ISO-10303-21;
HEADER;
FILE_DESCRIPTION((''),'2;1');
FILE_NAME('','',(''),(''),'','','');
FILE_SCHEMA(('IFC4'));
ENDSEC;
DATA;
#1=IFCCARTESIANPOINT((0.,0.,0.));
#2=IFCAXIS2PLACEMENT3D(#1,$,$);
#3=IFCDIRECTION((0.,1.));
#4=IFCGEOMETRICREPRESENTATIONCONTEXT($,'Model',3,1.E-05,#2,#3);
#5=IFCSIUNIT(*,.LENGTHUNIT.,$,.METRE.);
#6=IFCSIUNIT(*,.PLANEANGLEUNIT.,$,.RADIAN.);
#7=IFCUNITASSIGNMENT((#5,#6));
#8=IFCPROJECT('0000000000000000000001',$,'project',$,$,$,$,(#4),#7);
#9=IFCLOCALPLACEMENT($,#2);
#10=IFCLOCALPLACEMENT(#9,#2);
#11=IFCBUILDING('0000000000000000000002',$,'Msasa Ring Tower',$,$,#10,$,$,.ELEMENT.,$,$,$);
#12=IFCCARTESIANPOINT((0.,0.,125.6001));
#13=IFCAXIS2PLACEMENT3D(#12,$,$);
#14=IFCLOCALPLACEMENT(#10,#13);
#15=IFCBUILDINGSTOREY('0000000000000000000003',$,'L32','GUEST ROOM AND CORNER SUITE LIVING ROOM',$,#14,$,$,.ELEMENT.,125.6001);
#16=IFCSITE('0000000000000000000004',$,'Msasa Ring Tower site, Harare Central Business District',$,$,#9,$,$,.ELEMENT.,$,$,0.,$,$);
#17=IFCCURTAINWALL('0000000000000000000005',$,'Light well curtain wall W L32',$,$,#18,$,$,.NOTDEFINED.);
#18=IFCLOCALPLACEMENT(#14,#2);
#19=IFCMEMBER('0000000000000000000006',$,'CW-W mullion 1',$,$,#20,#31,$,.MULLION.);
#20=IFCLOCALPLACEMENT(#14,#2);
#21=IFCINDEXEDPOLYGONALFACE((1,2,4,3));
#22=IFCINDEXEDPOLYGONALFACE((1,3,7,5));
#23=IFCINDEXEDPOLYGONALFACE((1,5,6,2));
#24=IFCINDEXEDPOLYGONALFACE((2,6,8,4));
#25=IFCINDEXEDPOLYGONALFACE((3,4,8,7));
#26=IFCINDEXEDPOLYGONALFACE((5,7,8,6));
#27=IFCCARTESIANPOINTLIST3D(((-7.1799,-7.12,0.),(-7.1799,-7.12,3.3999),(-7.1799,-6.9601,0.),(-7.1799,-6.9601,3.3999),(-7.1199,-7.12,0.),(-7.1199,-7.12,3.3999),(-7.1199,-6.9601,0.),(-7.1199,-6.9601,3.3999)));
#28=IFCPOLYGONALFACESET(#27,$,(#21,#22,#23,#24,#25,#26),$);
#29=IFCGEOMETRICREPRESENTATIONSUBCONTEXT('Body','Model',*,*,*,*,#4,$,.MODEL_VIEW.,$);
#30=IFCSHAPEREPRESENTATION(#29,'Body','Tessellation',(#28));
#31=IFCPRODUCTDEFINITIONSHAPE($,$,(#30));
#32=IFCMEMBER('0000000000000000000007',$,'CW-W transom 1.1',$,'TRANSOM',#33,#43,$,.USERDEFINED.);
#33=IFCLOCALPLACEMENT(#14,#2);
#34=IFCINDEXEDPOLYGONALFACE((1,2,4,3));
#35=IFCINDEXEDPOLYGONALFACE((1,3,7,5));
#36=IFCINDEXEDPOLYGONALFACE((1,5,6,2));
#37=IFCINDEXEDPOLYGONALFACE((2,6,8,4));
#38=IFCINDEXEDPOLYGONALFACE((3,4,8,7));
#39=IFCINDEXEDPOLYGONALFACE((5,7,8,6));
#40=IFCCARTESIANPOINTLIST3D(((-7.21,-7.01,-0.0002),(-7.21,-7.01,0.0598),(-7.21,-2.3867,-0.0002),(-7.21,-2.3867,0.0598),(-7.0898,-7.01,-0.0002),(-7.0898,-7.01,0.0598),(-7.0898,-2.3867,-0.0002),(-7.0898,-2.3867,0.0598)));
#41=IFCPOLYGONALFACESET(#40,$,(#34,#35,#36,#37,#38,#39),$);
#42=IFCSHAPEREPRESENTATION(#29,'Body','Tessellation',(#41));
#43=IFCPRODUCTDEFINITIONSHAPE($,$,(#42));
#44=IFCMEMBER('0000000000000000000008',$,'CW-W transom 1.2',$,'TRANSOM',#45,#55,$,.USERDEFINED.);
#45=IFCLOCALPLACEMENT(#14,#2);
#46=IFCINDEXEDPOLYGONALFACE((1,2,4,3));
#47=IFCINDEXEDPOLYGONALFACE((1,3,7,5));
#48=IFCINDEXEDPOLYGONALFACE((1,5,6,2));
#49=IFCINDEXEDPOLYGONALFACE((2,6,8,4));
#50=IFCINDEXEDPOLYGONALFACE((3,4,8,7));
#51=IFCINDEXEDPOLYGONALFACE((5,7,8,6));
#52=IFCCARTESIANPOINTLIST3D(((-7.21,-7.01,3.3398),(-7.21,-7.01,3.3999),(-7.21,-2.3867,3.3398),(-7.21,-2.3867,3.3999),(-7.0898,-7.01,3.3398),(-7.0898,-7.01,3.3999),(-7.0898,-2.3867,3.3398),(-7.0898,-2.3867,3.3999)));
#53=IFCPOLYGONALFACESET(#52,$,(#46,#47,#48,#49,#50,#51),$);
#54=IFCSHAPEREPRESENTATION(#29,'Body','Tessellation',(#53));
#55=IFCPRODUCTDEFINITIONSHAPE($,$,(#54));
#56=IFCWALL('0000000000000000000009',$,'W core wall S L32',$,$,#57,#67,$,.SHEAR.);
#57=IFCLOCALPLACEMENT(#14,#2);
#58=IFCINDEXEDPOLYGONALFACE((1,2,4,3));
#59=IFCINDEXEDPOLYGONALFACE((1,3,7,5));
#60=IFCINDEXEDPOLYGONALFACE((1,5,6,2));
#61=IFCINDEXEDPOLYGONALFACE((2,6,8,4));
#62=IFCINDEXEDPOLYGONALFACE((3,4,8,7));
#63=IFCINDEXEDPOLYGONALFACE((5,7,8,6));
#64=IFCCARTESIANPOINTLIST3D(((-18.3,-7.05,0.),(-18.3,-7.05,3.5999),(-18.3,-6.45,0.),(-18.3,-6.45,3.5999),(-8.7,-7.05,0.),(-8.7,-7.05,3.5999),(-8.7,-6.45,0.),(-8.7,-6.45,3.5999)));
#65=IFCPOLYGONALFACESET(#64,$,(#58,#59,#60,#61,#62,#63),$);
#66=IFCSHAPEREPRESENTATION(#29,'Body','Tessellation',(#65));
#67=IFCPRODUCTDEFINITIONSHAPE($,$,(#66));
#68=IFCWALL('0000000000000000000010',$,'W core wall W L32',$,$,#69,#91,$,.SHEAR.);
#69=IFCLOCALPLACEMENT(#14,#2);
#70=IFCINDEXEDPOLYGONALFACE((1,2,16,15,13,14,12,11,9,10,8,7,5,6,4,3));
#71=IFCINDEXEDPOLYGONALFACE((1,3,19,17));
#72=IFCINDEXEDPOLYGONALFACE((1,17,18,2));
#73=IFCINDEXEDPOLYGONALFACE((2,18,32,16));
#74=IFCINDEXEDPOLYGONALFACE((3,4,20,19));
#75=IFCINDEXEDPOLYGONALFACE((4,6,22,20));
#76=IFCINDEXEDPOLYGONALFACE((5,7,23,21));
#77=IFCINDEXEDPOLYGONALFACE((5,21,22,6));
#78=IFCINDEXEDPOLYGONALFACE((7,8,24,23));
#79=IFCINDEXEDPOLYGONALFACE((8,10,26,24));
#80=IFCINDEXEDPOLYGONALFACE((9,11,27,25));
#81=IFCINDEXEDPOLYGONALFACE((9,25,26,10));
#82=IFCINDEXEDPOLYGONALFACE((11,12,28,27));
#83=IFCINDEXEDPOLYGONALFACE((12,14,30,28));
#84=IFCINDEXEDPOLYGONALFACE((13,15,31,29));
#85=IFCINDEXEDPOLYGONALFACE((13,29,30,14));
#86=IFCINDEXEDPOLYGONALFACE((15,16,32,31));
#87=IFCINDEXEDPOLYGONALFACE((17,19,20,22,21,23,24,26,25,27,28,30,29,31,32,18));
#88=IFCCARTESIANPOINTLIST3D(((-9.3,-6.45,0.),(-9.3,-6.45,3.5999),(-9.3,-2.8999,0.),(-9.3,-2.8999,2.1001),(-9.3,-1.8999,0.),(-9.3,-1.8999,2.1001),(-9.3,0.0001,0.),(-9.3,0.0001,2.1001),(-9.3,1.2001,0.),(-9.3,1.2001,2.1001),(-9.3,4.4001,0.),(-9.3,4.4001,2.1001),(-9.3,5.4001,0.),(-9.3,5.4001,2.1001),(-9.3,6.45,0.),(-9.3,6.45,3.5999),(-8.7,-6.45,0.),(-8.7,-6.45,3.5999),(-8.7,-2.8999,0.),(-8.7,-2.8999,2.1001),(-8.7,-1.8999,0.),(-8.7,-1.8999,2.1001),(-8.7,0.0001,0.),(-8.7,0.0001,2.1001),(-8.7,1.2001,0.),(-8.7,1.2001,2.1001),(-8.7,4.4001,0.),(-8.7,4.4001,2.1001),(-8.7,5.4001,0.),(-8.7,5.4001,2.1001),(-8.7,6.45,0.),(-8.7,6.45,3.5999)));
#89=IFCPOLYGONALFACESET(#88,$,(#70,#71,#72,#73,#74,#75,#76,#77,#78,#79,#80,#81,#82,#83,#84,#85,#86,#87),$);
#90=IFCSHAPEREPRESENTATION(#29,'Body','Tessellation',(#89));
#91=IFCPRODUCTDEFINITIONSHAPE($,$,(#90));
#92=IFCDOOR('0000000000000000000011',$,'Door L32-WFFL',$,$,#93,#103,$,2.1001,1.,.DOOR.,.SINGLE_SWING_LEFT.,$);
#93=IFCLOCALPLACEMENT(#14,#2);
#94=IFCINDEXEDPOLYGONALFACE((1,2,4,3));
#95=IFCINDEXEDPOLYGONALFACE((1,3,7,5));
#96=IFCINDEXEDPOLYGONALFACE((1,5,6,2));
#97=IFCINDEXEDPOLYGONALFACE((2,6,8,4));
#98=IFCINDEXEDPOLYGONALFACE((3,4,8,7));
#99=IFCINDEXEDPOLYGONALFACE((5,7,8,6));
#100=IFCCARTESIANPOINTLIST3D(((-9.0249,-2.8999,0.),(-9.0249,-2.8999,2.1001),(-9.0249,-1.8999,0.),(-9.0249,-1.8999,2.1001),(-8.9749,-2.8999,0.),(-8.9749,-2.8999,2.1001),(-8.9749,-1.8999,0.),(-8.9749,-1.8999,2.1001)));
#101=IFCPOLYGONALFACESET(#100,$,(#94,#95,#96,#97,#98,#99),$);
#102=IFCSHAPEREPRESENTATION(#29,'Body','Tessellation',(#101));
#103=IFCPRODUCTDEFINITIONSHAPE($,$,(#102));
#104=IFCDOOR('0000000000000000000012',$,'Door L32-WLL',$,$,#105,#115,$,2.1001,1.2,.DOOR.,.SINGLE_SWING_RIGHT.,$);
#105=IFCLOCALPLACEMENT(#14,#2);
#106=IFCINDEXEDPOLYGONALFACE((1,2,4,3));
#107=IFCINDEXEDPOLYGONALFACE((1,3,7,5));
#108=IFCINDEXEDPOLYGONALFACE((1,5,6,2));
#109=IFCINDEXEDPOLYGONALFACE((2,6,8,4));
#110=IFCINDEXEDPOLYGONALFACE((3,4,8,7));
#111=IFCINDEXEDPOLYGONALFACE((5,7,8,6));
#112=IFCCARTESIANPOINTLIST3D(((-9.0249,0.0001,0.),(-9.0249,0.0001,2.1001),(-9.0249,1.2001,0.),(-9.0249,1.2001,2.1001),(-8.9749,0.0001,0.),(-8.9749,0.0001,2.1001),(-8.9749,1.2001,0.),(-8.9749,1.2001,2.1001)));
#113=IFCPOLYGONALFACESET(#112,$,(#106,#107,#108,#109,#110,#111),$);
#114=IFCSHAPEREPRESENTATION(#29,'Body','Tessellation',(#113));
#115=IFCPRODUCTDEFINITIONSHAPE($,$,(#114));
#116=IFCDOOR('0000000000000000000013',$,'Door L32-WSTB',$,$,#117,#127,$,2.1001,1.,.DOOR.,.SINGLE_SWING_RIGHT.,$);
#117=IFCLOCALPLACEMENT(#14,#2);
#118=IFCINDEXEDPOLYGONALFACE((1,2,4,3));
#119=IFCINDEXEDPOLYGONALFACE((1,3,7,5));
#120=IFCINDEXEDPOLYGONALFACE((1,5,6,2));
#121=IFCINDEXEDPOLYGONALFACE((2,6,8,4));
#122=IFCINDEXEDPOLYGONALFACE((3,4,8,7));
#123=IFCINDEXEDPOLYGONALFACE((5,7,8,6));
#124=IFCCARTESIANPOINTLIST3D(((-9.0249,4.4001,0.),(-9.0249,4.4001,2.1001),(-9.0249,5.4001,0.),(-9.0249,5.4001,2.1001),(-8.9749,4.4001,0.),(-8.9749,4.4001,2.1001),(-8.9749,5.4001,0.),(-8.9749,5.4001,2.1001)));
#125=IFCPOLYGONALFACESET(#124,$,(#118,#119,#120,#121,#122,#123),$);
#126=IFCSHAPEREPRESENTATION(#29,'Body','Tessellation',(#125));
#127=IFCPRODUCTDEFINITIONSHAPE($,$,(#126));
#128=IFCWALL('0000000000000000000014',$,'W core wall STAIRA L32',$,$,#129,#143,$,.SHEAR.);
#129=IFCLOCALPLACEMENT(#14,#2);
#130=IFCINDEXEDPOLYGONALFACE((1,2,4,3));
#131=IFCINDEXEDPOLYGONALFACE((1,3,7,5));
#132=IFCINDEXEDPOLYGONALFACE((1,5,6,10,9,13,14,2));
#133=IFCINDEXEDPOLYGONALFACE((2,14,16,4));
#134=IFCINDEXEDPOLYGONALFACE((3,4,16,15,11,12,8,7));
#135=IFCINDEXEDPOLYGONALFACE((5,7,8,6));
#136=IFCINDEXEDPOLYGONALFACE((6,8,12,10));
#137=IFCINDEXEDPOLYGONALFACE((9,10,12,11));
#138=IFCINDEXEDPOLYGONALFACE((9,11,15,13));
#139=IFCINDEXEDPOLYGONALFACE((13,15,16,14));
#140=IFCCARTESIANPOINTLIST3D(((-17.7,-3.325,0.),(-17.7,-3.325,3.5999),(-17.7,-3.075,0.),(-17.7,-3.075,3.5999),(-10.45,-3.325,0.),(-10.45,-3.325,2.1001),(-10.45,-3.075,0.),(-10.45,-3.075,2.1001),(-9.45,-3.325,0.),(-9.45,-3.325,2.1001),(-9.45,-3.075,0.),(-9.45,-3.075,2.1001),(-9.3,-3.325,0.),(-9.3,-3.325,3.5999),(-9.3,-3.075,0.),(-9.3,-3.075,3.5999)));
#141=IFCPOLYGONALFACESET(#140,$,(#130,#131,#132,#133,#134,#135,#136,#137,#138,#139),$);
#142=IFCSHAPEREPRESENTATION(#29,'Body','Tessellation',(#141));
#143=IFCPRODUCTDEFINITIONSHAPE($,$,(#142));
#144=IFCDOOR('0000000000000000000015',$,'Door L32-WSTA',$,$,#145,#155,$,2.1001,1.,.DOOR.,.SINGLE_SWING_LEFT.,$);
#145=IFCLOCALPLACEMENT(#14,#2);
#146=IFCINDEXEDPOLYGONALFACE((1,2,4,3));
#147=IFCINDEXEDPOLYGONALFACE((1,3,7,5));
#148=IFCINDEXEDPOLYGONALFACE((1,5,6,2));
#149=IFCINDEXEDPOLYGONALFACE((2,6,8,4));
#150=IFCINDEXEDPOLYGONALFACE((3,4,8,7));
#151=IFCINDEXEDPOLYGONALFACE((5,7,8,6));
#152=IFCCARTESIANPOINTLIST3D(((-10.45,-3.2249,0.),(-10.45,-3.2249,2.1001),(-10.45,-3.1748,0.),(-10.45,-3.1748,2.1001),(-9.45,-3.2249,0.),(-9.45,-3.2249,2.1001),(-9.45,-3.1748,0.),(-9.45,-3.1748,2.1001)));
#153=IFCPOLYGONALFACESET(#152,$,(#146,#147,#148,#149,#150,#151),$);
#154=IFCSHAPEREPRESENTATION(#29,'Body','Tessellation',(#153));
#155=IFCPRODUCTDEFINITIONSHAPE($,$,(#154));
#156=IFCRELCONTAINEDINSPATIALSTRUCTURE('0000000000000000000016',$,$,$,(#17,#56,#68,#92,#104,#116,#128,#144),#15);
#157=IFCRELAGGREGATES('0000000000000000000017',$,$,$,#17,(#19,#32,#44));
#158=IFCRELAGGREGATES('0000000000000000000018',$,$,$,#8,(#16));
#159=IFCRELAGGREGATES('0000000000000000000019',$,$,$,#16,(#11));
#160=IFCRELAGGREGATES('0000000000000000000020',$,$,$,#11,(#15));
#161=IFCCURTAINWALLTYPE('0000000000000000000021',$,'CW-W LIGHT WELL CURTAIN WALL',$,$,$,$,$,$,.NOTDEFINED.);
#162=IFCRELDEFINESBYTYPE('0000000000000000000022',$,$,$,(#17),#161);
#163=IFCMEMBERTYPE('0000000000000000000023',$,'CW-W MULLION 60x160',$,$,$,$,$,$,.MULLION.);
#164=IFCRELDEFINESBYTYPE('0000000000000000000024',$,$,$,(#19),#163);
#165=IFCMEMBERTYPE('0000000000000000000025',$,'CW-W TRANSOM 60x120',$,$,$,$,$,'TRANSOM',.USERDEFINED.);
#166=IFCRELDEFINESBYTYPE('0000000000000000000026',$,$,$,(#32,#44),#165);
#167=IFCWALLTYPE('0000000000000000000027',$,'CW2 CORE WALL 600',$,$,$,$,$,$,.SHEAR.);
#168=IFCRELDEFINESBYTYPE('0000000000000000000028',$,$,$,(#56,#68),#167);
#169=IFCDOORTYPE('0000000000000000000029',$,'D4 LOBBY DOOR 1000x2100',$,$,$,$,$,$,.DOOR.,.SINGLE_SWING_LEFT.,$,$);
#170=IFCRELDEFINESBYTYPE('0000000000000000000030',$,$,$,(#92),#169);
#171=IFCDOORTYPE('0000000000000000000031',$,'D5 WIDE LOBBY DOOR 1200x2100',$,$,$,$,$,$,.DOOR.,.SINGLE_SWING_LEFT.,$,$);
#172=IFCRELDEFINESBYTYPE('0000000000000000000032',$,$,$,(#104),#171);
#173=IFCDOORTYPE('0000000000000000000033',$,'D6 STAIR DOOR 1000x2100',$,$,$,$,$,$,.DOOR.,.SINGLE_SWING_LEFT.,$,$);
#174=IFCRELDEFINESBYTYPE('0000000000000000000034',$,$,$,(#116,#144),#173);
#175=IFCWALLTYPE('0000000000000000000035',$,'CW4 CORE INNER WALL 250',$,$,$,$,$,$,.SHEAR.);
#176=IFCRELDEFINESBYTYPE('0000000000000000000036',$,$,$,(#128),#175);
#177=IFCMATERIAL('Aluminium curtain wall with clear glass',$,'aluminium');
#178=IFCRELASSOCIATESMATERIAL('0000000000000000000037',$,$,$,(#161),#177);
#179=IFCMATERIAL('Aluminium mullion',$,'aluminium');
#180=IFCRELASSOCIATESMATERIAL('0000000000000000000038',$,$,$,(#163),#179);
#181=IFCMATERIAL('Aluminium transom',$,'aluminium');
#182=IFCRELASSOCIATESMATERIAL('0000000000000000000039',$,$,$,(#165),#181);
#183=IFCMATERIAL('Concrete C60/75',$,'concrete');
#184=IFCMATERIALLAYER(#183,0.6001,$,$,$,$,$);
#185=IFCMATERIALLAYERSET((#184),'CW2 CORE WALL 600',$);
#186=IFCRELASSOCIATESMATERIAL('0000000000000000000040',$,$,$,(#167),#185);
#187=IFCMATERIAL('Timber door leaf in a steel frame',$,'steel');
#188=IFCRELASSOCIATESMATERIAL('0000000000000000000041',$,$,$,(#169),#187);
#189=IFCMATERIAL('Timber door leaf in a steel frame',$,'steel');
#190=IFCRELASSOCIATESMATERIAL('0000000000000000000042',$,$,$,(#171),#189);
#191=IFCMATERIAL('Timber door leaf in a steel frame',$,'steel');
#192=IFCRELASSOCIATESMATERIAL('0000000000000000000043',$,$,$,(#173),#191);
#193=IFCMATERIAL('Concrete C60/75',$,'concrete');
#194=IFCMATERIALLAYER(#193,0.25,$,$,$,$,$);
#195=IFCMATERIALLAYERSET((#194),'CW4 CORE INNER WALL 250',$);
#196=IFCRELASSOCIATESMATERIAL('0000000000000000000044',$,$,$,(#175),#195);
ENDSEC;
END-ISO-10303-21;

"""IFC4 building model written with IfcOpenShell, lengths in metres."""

from ifc_helpers import new_model, si_unit, direction, frame, frame_2d, origin, origin_2d, place, context, subcontext, project, spatial, rectangle, extrude, material, layer, layer_set, material_profile, profile_set, type_object, element, fill, aggregate, save


model = new_model("IFC4")

# Units and contexts
model_context = context("Model", 3, precision=1e-05, world=origin(), true_north=direction((0.0, 1.0)))
body_context = subcontext(model_context, "Body", "Model", "MODEL_VIEW")
ifc_project = project(units=[si_unit("LENGTHUNIT", "METRE"), si_unit("PLANEANGLEUNIT", "RADIAN")], contexts=[model_context])

# Site, building, storey
site_placement = place(None, origin())
site = spatial("IfcSite", under=ifc_project, at=site_placement, Name="Msasa Ring Tower site, Harare Central Business District", CompositionType="ELEMENT", RefElevation=0.0)
building_placement = place(site_placement, origin())
building = spatial("IfcBuilding", under=site, at=building_placement, Name="Msasa Ring Tower", CompositionType="ELEMENT")
storey_placement = place(building_placement, frame((0.0, 0.0, 125.6001)))
storey = spatial("IfcBuildingStorey", under=building, at=storey_placement, Name="L32", Description="GUEST ROOM AND CORNER SUITE LIVING ROOM", CompositionType="ELEMENT", Elevation=125.6001)

# Curtain wall, members
ifc_material_1 = material(Name="Aluminium curtain wall with clear glass", Category="aluminium")
curtain_wall_type = type_object("IfcCurtainWallType", Name="CW-W LIGHT WELL CURTAIN WALL", PredefinedType="NOTDEFINED", material=ifc_material_1)
curtain_wall_placement = place(storey_placement, origin())
curtain_wall = element("IfcCurtainWall", 1, at=curtain_wall_placement, inside=storey, type_object=curtain_wall_type, Name="Light well curtain wall W L32", PredefinedType="NOTDEFINED")
ifc_material_2 = material(Name="Aluminium mullion", Category="aluminium")
ifc_material_profile_1 = material_profile(ifc_material_2, rectangle(XDim=0.0601, YDim=0.1599, at=origin_2d()), Name="AL 60x160")
ifc_profile_set_1 = profile_set([ifc_material_profile_1], Name="Aluminium mullion")
member_type_1 = type_object("IfcMemberType", Name="CW-W MULLION 60x160", PredefinedType="MULLION", material=ifc_profile_set_1)
member_1_placement = place(storey_placement, frame((-7.1499, -7.04, 0.0), z_axis=(0.0, 0.0, 1.0), x_axis=(-1.0, 0.0, 0.0)))
member_1 = element("IfcMember", 2, at=member_1_placement, type_object=member_type_1, Name="CW-W mullion 1", PredefinedType="MULLION", context=body_context, shape_type="SweptSolid", body=[
    extrude(rectangle(XDim=0.0601, YDim=0.1599, at=origin_2d()), origin(), (0.0, 0.0, 1.0), 3.3999),
])
ifc_material_3 = material(Name="Aluminium transom", Category="aluminium")
ifc_material_profile_2 = material_profile(ifc_material_3, rectangle(XDim=0.1201, YDim=0.0601, at=origin_2d()), Name="AL 60x120")
ifc_profile_set_2 = profile_set([ifc_material_profile_2], Name="Aluminium transom")
member_type_2 = type_object("IfcMemberType", Name="CW-W TRANSOM 60x120", ElementType="TRANSOM", PredefinedType="USERDEFINED", material=ifc_profile_set_2)
member_2_placement = place(storey_placement, frame((-7.1499, -7.01, 0.0298), z_axis=(0.0, 1.0, 0.0), x_axis=(-1.0, 0.0, 0.0)))
member_2 = element("IfcMember", 3, at=member_2_placement, type_object=member_type_2, Name="CW-W transom 1.1", ObjectType="TRANSOM", PredefinedType="USERDEFINED", context=body_context, shape_type="SweptSolid", body=[
    extrude(rectangle(XDim=0.1201, YDim=0.0601, at=origin_2d()), origin(), (0.0, 0.0, 1.0), 4.6233),
])
member_3_placement = place(storey_placement, frame((-7.1499, -7.01, 3.3699), z_axis=(0.0, 1.0, 0.0), x_axis=(-1.0, 0.0, 0.0)))
member_3 = element("IfcMember", 4, at=member_3_placement, type_object=member_type_2, Name="CW-W transom 1.2", ObjectType="TRANSOM", PredefinedType="USERDEFINED", context=body_context, shape_type="SweptSolid", body=[
    extrude(rectangle(XDim=0.1201, YDim=0.0601, at=origin_2d()), origin(), (0.0, 0.0, 1.0), 4.6233),
])
aggregate(curtain_wall, [member_1, member_2, member_3])

# Wall
ifc_material_4 = material(Name="Concrete C60/75", Category="concrete")
ifc_layer_1 = layer(ifc_material_4, 0.6001)
ifc_layer_set_1 = layer_set([ifc_layer_1], Name="CW2 CORE WALL 600")
wall_type_1 = type_object("IfcWallType", Name="CW2 CORE WALL 600", PredefinedType="SHEAR", material=ifc_layer_set_1)
wall_1_placement = place(storey_placement, frame((-8.7, -6.75, 0.0), z_axis=(0.0, 0.0, 1.0), x_axis=(-1.0, 0.0, 0.0)))
element("IfcWall", 5, at=wall_1_placement, inside=storey, type_object=wall_type_1, Name="W core wall S L32", PredefinedType="SHEAR", context=body_context, shape_type="SweptSolid", body=[
    extrude(rectangle(XDim=9.6001, YDim=0.6001, at=frame_2d((4.8, 0.0))), origin(), (0.0, 0.0, 1.0), 3.5999),
])

# Wall, openings, doors
wall_2_placement = place(storey_placement, frame((-9.0, -6.45, 0.0), z_axis=(0.0, 0.0, 1.0), x_axis=(0.0, 1.0, 0.0)))
wall_2 = element("IfcWall", 6, at=wall_2_placement, inside=storey, type_object=wall_type_1, Name="W core wall W L32", PredefinedType="SHEAR", context=body_context, shape_type="SweptSolid", body=[
    extrude(rectangle(XDim=12.8999, YDim=0.6001, at=frame_2d((6.45, 0.0))), origin(), (0.0, 0.0, 1.0), 3.5999),
])
opening_1_placement = place(wall_2_placement, frame((3.55, 0.0, 0.0)))
opening_1 = element("IfcOpeningElement", 7, at=opening_1_placement, cuts=wall_2, PredefinedType="OPENING", context=body_context, shape_type="SweptSolid", body=[
    extrude(rectangle(XDim=1.0, YDim=2.1001, at=frame_2d((0.5, 1.05))), frame((0.0, 0.3101, 0.0), z_axis=(0.0, -1.0, 0.0), x_axis=(1.0, 0.0, 0.0)), (0.0, 0.0, 1.0), 0.6201),
])
opening_2_placement = place(wall_2_placement, frame((6.45, 0.0, 0.0)))
opening_2 = element("IfcOpeningElement", 8, at=opening_2_placement, cuts=wall_2, PredefinedType="OPENING", context=body_context, shape_type="SweptSolid", body=[
    extrude(rectangle(XDim=1.2, YDim=2.1001, at=frame_2d((0.6001, 1.05))), frame((0.0, 0.3101, 0.0), z_axis=(0.0, -1.0, 0.0), x_axis=(1.0, 0.0, 0.0)), (0.0, 0.0, 1.0), 0.6201),
])
opening_3_placement = place(wall_2_placement, frame((10.8501, 0.0, 0.0)))
opening_3 = element("IfcOpeningElement", 9, at=opening_3_placement, cuts=wall_2, PredefinedType="OPENING", context=body_context, shape_type="SweptSolid", body=[
    extrude(rectangle(XDim=1.0, YDim=2.1001, at=frame_2d((0.5, 1.05))), frame((0.0, 0.3101, 0.0), z_axis=(0.0, -1.0, 0.0), x_axis=(1.0, 0.0, 0.0)), (0.0, 0.0, 1.0), 0.6201),
])
ifc_material_5 = material(Name="Timber door leaf in a steel frame", Category="steel")
door_type_1 = type_object("IfcDoorType", Name="D4 LOBBY DOOR 1000x2100", OperationType="SINGLE_SWING_LEFT", PredefinedType="DOOR", material=ifc_material_5)
door_1_placement = place(opening_1_placement, origin())
door_1 = element("IfcDoor", 10, at=door_1_placement, inside=storey, type_object=door_type_1, Name="Door L32-WFFL", OperationType="SINGLE_SWING_LEFT", OverallHeight=2.1001, OverallWidth=1.0, PredefinedType="DOOR", context=body_context, shape_type="SweptSolid", body=[
    extrude(rectangle(XDim=1.0, YDim=2.1001, at=frame_2d((0.5, 1.05))), frame((0.0, 0.0249, 0.0), z_axis=(0.0, -1.0, 0.0), x_axis=(1.0, 0.0, 0.0)), (0.0, 0.0, 1.0), 0.05),
])
fill(opening_1, door_1)
ifc_material_6 = material(Name="Timber door leaf in a steel frame", Category="steel")
door_type_2 = type_object("IfcDoorType", Name="D5 WIDE LOBBY DOOR 1200x2100", OperationType="SINGLE_SWING_LEFT", PredefinedType="DOOR", material=ifc_material_6)
door_2_placement = place(opening_2_placement, origin())
door_2 = element("IfcDoor", 11, at=door_2_placement, inside=storey, type_object=door_type_2, Name="Door L32-WLL", OperationType="SINGLE_SWING_RIGHT", OverallHeight=2.1001, OverallWidth=1.2, PredefinedType="DOOR", context=body_context, shape_type="SweptSolid", body=[
    extrude(rectangle(XDim=1.2, YDim=2.1001, at=frame_2d((0.6001, 1.05))), frame((0.0, 0.0249, 0.0), z_axis=(0.0, -1.0, 0.0), x_axis=(1.0, 0.0, 0.0)), (0.0, 0.0, 1.0), 0.05),
])
fill(opening_2, door_2)
ifc_material_7 = material(Name="Timber door leaf in a steel frame", Category="steel")
door_type_3 = type_object("IfcDoorType", Name="D6 STAIR DOOR 1000x2100", OperationType="SINGLE_SWING_LEFT", PredefinedType="DOOR", material=ifc_material_7)
door_3_placement = place(opening_3_placement, origin())
door_3 = element("IfcDoor", 12, at=door_3_placement, inside=storey, type_object=door_type_3, Name="Door L32-WSTB", OperationType="SINGLE_SWING_RIGHT", OverallHeight=2.1001, OverallWidth=1.0, PredefinedType="DOOR", context=body_context, shape_type="SweptSolid", body=[
    extrude(rectangle(XDim=1.0, YDim=2.1001, at=frame_2d((0.5, 1.05))), frame((0.0, 0.0249, 0.0), z_axis=(0.0, -1.0, 0.0), x_axis=(1.0, 0.0, 0.0)), (0.0, 0.0, 1.0), 0.05),
])
fill(opening_3, door_3)

# Wall, opening, door
ifc_material_8 = material(Name="Concrete C60/75", Category="concrete")
ifc_layer_2 = layer(ifc_material_8, 0.25)
ifc_layer_set_2 = layer_set([ifc_layer_2], Name="CW4 CORE INNER WALL 250")
wall_type_2 = type_object("IfcWallType", Name="CW4 CORE INNER WALL 250", PredefinedType="SHEAR", material=ifc_layer_set_2)
wall_3_placement = place(storey_placement, frame((-9.3, -3.2, 0.0), z_axis=(0.0, 0.0, 1.0), x_axis=(-1.0, 0.0, 0.0)))
wall_3 = element("IfcWall", 13, at=wall_3_placement, inside=storey, type_object=wall_type_2, Name="W core wall STAIRA L32", PredefinedType="SHEAR", context=body_context, shape_type="SweptSolid", body=[
    extrude(rectangle(XDim=8.3999, YDim=0.25, at=frame_2d((4.2, 0.0))), origin(), (0.0, 0.0, 1.0), 3.5999),
])
opening_4_placement = place(wall_3_placement, frame((0.1499, 0.0, 0.0)))
opening_4 = element("IfcOpeningElement", 14, at=opening_4_placement, cuts=wall_3, PredefinedType="OPENING", context=body_context, shape_type="SweptSolid", body=[
    extrude(rectangle(XDim=1.0, YDim=2.1001, at=frame_2d((0.5, 1.05))), frame((0.0, 0.135, 0.0), z_axis=(0.0, -1.0, 0.0), x_axis=(1.0, 0.0, 0.0)), (0.0, 0.0, 1.0), 0.27),
])
door_4_placement = place(opening_4_placement, origin())
door_4 = element("IfcDoor", 15, at=door_4_placement, inside=storey, type_object=door_type_3, Name="Door L32-WSTA", OperationType="SINGLE_SWING_LEFT", OverallHeight=2.1001, OverallWidth=1.0, PredefinedType="DOOR", context=body_context, shape_type="SweptSolid", body=[
    extrude(rectangle(XDim=1.0, YDim=2.1001, at=frame_2d((0.5, 1.05))), frame((0.0, 0.0249, 0.0), z_axis=(0.0, -1.0, 0.0), x_axis=(1.0, 0.0, 0.0)), (0.0, 0.0, 1.0), 0.05),
])
fill(opening_4, door_4)

save(model, "model.ifc")
